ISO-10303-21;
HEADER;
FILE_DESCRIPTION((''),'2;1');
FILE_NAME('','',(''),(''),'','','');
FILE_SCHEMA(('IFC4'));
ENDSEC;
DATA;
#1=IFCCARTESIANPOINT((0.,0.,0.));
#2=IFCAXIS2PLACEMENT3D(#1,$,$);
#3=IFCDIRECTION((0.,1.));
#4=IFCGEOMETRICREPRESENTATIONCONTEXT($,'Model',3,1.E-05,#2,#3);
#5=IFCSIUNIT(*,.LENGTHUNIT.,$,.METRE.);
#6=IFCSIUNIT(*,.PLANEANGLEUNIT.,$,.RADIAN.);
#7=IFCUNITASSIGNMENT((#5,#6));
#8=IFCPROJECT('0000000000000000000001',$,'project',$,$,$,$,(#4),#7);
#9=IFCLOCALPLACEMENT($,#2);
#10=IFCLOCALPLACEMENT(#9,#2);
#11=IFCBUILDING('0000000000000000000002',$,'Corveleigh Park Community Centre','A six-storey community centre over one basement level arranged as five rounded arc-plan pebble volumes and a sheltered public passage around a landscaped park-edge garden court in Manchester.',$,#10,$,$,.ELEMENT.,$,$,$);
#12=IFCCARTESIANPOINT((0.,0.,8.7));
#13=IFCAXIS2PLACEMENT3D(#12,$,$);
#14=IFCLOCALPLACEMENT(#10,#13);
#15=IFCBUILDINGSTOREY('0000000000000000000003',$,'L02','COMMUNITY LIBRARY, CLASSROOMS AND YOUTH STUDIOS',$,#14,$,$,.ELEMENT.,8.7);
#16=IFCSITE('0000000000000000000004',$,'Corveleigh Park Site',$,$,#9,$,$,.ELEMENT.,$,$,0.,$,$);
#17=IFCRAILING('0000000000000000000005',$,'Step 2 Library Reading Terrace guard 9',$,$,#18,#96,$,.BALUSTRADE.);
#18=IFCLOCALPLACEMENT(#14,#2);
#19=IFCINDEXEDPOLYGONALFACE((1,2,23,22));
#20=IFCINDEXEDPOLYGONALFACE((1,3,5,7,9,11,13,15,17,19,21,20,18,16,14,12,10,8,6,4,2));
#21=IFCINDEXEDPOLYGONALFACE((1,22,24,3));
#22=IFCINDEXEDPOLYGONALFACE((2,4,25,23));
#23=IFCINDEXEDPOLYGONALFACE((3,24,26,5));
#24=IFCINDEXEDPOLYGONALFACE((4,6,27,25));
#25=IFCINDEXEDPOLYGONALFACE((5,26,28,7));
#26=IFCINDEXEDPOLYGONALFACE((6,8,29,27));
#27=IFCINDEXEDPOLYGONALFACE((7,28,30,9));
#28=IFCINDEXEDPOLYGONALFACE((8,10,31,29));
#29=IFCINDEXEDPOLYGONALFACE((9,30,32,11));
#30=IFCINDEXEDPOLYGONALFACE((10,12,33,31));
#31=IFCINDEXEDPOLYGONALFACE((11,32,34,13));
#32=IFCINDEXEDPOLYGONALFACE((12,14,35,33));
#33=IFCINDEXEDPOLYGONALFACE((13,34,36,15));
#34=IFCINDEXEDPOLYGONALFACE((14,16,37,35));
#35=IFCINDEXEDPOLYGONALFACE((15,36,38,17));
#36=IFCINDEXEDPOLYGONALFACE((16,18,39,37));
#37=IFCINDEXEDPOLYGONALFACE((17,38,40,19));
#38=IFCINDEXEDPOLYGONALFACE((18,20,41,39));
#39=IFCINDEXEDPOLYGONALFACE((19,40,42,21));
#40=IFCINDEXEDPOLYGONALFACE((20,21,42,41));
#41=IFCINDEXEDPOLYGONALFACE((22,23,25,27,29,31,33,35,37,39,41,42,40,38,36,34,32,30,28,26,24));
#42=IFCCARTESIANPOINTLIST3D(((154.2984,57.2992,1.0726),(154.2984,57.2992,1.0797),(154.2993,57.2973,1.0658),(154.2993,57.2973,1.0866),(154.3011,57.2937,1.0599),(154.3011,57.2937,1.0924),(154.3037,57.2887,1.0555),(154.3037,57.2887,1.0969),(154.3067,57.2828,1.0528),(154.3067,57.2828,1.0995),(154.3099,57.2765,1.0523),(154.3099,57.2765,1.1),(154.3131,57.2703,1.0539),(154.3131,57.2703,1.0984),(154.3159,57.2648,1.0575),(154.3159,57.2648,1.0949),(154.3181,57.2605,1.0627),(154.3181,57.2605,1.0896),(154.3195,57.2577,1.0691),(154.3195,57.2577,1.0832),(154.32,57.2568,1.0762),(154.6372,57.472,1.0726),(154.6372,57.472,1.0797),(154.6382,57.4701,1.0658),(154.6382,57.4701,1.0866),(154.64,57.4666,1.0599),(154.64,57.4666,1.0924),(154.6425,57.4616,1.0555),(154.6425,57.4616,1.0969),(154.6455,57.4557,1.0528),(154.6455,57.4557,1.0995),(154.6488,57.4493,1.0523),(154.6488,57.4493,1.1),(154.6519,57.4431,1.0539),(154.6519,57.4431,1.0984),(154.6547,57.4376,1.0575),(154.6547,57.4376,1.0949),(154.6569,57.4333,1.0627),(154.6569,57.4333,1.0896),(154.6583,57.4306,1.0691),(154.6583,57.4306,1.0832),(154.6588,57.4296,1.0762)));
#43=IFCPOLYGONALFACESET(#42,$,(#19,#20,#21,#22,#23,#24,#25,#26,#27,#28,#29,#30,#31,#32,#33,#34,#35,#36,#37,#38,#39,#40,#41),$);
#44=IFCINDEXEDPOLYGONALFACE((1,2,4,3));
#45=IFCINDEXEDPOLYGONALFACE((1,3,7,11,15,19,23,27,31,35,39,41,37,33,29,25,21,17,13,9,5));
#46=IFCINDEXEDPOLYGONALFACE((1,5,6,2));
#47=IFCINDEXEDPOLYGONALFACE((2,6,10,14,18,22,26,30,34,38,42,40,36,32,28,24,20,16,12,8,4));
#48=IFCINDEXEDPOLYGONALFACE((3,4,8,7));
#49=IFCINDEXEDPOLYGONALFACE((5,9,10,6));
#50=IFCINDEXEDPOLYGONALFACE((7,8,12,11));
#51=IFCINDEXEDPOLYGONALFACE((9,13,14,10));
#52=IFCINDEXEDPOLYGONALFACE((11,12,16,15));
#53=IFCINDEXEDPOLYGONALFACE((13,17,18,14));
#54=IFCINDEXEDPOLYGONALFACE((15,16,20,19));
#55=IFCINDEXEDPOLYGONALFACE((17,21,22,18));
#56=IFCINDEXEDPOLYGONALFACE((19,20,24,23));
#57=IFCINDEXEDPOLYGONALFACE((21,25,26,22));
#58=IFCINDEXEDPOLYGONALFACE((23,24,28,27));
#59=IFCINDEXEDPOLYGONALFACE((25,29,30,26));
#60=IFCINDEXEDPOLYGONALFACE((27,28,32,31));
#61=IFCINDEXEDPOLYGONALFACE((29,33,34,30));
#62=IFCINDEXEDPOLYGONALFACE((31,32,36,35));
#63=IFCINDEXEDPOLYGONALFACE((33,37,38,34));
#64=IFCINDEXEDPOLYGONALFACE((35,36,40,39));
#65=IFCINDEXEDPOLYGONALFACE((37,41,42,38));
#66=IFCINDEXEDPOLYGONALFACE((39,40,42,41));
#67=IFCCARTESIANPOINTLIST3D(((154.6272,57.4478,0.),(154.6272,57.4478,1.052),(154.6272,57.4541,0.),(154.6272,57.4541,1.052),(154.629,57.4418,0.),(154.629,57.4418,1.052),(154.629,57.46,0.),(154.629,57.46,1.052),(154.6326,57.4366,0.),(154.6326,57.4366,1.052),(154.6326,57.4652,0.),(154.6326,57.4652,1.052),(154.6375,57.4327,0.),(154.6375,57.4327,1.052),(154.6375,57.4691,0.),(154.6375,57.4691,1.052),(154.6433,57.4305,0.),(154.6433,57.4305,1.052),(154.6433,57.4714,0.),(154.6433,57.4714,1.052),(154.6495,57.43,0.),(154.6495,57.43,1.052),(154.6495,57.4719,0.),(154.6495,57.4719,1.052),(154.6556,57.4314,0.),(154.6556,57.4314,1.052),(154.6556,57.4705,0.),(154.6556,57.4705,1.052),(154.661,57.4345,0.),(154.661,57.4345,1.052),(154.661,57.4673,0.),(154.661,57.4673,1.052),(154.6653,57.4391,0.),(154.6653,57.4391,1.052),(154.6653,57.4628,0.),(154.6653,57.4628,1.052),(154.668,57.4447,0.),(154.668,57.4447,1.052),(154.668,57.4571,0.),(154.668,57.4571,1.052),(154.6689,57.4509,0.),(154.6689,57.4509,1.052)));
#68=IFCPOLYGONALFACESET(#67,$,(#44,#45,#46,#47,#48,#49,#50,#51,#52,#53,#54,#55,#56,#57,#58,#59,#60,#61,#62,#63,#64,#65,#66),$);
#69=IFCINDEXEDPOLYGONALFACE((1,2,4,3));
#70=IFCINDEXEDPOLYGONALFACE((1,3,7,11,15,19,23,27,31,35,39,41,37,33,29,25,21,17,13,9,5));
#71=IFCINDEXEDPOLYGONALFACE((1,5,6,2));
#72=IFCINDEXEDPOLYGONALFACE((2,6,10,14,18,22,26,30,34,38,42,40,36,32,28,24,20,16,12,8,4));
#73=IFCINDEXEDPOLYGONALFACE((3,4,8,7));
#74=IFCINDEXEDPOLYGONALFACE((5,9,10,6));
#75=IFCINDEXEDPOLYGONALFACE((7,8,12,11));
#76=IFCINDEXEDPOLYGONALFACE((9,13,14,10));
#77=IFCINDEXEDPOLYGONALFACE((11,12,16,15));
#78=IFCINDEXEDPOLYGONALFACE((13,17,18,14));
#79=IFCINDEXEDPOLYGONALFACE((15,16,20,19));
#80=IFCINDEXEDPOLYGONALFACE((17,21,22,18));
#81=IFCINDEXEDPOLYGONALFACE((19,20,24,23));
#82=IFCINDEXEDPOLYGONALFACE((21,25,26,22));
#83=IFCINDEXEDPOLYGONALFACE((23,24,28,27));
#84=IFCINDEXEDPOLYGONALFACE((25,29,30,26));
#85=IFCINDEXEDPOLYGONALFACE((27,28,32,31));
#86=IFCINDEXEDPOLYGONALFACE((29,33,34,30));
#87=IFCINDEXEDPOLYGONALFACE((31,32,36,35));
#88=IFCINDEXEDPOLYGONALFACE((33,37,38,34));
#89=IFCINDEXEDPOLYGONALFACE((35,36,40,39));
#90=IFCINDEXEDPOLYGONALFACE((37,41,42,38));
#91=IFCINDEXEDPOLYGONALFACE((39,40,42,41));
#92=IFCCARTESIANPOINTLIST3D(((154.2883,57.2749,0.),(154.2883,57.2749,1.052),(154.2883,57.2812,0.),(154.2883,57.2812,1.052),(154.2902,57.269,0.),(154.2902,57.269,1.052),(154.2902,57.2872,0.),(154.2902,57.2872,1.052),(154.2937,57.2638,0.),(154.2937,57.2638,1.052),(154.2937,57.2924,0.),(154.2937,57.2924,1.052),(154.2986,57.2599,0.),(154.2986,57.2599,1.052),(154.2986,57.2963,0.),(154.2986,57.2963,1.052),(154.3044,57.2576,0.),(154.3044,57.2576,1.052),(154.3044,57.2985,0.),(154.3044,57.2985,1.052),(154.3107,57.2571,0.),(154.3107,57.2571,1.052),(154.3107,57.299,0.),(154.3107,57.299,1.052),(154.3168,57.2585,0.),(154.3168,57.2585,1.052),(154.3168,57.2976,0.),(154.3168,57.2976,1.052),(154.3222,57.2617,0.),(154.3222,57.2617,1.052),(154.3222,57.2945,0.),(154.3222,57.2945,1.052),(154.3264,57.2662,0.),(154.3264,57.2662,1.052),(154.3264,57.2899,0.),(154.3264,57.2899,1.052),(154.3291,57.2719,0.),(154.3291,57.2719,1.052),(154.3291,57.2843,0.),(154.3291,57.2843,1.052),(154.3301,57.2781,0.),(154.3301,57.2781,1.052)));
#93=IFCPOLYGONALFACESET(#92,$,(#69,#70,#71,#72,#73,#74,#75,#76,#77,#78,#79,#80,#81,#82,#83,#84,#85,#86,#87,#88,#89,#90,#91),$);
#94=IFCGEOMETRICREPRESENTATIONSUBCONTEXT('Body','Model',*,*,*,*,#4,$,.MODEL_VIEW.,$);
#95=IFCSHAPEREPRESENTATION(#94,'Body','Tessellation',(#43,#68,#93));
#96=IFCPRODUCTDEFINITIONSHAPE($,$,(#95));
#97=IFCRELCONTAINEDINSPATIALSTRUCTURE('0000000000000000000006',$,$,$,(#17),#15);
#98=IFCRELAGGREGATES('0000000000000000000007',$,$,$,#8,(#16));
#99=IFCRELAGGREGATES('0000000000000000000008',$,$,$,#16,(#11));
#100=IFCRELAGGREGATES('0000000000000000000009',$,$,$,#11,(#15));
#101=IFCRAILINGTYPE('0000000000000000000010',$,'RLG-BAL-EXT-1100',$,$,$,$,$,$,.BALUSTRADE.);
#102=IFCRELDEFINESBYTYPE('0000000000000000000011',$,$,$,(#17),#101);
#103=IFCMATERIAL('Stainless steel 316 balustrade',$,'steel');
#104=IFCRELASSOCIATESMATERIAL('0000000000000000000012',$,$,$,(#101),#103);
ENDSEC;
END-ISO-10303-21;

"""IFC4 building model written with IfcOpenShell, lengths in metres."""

from ifc_helpers import new_model, si_unit, direction, frame, origin, origin_2d, place, context, subcontext, project, spatial, circle, extrude, material, type_object, element, save


model = new_model("IFC4")

# Units and contexts
model_context = context("Model", 3, precision=1e-05, world=origin(), true_north=direction((0.0, 1.0)))
body_context = subcontext(model_context, "Body", "Model", "MODEL_VIEW")
ifc_project = project(units=[si_unit("LENGTHUNIT", "METRE"), si_unit("PLANEANGLEUNIT", "RADIAN")], contexts=[model_context])

# Site, building, storey
site_placement = place(None, origin())
site = spatial("IfcSite", under=ifc_project, at=site_placement, Name="Corveleigh Park Site", CompositionType="ELEMENT", RefElevation=0.0)
building_placement = place(site_placement, origin())
building = spatial("IfcBuilding", under=site, at=building_placement, Name="Corveleigh Park Community Centre", Description="A six-storey community centre over one basement level arranged as five rounded arc-plan pebble volumes and a sheltered public passage around a landscaped park-edge garden court in Manchester.", CompositionType="ELEMENT")
storey_placement = place(building_placement, frame((0.0, 0.0, 8.7)))
storey = spatial("IfcBuildingStorey", under=building, at=storey_placement, Name="L02", Description="COMMUNITY LIBRARY, CLASSROOMS AND YOUTH STUDIOS", CompositionType="ELEMENT", Elevation=8.7)

# Railing
ifc_material_1 = material(Name="Stainless steel 316 balustrade", Category="steel")
railing_type_1 = type_object("IfcRailingType", Name="RLG-BAL-EXT-1100", PredefinedType="BALUSTRADE", material=ifc_material_1)
railing_1_placement = place(storey_placement, frame((154.6479, 57.4509, 0.0)))
element("IfcRailing", 1, at=railing_1_placement, inside=storey, type_object=railing_type_1, Name="Step 2 Library Reading Terrace guard 9", PredefinedType="BALUSTRADE", context=body_context, shape_type="SweptSolid", body=[
    extrude(circle(Radius=0.0239, at=origin_2d()), frame((0.0, 0.0, 1.0762), z_axis=(-0.890804, -0.454387, 0.0), x_axis=(0.454387, -0.890804, 0.0)), (0.0, 0.0, 1.0), 0.3804),
    extrude(circle(Radius=0.021, at=origin_2d()), origin(), (0.0, 0.0, 1.0), 1.052),
    extrude(circle(Radius=0.021, at=origin_2d()), frame((-0.3389, -0.1729, 0.0)), (0.0, 0.0, 1.0), 1.052),
])

save(model, "model.ifc")
